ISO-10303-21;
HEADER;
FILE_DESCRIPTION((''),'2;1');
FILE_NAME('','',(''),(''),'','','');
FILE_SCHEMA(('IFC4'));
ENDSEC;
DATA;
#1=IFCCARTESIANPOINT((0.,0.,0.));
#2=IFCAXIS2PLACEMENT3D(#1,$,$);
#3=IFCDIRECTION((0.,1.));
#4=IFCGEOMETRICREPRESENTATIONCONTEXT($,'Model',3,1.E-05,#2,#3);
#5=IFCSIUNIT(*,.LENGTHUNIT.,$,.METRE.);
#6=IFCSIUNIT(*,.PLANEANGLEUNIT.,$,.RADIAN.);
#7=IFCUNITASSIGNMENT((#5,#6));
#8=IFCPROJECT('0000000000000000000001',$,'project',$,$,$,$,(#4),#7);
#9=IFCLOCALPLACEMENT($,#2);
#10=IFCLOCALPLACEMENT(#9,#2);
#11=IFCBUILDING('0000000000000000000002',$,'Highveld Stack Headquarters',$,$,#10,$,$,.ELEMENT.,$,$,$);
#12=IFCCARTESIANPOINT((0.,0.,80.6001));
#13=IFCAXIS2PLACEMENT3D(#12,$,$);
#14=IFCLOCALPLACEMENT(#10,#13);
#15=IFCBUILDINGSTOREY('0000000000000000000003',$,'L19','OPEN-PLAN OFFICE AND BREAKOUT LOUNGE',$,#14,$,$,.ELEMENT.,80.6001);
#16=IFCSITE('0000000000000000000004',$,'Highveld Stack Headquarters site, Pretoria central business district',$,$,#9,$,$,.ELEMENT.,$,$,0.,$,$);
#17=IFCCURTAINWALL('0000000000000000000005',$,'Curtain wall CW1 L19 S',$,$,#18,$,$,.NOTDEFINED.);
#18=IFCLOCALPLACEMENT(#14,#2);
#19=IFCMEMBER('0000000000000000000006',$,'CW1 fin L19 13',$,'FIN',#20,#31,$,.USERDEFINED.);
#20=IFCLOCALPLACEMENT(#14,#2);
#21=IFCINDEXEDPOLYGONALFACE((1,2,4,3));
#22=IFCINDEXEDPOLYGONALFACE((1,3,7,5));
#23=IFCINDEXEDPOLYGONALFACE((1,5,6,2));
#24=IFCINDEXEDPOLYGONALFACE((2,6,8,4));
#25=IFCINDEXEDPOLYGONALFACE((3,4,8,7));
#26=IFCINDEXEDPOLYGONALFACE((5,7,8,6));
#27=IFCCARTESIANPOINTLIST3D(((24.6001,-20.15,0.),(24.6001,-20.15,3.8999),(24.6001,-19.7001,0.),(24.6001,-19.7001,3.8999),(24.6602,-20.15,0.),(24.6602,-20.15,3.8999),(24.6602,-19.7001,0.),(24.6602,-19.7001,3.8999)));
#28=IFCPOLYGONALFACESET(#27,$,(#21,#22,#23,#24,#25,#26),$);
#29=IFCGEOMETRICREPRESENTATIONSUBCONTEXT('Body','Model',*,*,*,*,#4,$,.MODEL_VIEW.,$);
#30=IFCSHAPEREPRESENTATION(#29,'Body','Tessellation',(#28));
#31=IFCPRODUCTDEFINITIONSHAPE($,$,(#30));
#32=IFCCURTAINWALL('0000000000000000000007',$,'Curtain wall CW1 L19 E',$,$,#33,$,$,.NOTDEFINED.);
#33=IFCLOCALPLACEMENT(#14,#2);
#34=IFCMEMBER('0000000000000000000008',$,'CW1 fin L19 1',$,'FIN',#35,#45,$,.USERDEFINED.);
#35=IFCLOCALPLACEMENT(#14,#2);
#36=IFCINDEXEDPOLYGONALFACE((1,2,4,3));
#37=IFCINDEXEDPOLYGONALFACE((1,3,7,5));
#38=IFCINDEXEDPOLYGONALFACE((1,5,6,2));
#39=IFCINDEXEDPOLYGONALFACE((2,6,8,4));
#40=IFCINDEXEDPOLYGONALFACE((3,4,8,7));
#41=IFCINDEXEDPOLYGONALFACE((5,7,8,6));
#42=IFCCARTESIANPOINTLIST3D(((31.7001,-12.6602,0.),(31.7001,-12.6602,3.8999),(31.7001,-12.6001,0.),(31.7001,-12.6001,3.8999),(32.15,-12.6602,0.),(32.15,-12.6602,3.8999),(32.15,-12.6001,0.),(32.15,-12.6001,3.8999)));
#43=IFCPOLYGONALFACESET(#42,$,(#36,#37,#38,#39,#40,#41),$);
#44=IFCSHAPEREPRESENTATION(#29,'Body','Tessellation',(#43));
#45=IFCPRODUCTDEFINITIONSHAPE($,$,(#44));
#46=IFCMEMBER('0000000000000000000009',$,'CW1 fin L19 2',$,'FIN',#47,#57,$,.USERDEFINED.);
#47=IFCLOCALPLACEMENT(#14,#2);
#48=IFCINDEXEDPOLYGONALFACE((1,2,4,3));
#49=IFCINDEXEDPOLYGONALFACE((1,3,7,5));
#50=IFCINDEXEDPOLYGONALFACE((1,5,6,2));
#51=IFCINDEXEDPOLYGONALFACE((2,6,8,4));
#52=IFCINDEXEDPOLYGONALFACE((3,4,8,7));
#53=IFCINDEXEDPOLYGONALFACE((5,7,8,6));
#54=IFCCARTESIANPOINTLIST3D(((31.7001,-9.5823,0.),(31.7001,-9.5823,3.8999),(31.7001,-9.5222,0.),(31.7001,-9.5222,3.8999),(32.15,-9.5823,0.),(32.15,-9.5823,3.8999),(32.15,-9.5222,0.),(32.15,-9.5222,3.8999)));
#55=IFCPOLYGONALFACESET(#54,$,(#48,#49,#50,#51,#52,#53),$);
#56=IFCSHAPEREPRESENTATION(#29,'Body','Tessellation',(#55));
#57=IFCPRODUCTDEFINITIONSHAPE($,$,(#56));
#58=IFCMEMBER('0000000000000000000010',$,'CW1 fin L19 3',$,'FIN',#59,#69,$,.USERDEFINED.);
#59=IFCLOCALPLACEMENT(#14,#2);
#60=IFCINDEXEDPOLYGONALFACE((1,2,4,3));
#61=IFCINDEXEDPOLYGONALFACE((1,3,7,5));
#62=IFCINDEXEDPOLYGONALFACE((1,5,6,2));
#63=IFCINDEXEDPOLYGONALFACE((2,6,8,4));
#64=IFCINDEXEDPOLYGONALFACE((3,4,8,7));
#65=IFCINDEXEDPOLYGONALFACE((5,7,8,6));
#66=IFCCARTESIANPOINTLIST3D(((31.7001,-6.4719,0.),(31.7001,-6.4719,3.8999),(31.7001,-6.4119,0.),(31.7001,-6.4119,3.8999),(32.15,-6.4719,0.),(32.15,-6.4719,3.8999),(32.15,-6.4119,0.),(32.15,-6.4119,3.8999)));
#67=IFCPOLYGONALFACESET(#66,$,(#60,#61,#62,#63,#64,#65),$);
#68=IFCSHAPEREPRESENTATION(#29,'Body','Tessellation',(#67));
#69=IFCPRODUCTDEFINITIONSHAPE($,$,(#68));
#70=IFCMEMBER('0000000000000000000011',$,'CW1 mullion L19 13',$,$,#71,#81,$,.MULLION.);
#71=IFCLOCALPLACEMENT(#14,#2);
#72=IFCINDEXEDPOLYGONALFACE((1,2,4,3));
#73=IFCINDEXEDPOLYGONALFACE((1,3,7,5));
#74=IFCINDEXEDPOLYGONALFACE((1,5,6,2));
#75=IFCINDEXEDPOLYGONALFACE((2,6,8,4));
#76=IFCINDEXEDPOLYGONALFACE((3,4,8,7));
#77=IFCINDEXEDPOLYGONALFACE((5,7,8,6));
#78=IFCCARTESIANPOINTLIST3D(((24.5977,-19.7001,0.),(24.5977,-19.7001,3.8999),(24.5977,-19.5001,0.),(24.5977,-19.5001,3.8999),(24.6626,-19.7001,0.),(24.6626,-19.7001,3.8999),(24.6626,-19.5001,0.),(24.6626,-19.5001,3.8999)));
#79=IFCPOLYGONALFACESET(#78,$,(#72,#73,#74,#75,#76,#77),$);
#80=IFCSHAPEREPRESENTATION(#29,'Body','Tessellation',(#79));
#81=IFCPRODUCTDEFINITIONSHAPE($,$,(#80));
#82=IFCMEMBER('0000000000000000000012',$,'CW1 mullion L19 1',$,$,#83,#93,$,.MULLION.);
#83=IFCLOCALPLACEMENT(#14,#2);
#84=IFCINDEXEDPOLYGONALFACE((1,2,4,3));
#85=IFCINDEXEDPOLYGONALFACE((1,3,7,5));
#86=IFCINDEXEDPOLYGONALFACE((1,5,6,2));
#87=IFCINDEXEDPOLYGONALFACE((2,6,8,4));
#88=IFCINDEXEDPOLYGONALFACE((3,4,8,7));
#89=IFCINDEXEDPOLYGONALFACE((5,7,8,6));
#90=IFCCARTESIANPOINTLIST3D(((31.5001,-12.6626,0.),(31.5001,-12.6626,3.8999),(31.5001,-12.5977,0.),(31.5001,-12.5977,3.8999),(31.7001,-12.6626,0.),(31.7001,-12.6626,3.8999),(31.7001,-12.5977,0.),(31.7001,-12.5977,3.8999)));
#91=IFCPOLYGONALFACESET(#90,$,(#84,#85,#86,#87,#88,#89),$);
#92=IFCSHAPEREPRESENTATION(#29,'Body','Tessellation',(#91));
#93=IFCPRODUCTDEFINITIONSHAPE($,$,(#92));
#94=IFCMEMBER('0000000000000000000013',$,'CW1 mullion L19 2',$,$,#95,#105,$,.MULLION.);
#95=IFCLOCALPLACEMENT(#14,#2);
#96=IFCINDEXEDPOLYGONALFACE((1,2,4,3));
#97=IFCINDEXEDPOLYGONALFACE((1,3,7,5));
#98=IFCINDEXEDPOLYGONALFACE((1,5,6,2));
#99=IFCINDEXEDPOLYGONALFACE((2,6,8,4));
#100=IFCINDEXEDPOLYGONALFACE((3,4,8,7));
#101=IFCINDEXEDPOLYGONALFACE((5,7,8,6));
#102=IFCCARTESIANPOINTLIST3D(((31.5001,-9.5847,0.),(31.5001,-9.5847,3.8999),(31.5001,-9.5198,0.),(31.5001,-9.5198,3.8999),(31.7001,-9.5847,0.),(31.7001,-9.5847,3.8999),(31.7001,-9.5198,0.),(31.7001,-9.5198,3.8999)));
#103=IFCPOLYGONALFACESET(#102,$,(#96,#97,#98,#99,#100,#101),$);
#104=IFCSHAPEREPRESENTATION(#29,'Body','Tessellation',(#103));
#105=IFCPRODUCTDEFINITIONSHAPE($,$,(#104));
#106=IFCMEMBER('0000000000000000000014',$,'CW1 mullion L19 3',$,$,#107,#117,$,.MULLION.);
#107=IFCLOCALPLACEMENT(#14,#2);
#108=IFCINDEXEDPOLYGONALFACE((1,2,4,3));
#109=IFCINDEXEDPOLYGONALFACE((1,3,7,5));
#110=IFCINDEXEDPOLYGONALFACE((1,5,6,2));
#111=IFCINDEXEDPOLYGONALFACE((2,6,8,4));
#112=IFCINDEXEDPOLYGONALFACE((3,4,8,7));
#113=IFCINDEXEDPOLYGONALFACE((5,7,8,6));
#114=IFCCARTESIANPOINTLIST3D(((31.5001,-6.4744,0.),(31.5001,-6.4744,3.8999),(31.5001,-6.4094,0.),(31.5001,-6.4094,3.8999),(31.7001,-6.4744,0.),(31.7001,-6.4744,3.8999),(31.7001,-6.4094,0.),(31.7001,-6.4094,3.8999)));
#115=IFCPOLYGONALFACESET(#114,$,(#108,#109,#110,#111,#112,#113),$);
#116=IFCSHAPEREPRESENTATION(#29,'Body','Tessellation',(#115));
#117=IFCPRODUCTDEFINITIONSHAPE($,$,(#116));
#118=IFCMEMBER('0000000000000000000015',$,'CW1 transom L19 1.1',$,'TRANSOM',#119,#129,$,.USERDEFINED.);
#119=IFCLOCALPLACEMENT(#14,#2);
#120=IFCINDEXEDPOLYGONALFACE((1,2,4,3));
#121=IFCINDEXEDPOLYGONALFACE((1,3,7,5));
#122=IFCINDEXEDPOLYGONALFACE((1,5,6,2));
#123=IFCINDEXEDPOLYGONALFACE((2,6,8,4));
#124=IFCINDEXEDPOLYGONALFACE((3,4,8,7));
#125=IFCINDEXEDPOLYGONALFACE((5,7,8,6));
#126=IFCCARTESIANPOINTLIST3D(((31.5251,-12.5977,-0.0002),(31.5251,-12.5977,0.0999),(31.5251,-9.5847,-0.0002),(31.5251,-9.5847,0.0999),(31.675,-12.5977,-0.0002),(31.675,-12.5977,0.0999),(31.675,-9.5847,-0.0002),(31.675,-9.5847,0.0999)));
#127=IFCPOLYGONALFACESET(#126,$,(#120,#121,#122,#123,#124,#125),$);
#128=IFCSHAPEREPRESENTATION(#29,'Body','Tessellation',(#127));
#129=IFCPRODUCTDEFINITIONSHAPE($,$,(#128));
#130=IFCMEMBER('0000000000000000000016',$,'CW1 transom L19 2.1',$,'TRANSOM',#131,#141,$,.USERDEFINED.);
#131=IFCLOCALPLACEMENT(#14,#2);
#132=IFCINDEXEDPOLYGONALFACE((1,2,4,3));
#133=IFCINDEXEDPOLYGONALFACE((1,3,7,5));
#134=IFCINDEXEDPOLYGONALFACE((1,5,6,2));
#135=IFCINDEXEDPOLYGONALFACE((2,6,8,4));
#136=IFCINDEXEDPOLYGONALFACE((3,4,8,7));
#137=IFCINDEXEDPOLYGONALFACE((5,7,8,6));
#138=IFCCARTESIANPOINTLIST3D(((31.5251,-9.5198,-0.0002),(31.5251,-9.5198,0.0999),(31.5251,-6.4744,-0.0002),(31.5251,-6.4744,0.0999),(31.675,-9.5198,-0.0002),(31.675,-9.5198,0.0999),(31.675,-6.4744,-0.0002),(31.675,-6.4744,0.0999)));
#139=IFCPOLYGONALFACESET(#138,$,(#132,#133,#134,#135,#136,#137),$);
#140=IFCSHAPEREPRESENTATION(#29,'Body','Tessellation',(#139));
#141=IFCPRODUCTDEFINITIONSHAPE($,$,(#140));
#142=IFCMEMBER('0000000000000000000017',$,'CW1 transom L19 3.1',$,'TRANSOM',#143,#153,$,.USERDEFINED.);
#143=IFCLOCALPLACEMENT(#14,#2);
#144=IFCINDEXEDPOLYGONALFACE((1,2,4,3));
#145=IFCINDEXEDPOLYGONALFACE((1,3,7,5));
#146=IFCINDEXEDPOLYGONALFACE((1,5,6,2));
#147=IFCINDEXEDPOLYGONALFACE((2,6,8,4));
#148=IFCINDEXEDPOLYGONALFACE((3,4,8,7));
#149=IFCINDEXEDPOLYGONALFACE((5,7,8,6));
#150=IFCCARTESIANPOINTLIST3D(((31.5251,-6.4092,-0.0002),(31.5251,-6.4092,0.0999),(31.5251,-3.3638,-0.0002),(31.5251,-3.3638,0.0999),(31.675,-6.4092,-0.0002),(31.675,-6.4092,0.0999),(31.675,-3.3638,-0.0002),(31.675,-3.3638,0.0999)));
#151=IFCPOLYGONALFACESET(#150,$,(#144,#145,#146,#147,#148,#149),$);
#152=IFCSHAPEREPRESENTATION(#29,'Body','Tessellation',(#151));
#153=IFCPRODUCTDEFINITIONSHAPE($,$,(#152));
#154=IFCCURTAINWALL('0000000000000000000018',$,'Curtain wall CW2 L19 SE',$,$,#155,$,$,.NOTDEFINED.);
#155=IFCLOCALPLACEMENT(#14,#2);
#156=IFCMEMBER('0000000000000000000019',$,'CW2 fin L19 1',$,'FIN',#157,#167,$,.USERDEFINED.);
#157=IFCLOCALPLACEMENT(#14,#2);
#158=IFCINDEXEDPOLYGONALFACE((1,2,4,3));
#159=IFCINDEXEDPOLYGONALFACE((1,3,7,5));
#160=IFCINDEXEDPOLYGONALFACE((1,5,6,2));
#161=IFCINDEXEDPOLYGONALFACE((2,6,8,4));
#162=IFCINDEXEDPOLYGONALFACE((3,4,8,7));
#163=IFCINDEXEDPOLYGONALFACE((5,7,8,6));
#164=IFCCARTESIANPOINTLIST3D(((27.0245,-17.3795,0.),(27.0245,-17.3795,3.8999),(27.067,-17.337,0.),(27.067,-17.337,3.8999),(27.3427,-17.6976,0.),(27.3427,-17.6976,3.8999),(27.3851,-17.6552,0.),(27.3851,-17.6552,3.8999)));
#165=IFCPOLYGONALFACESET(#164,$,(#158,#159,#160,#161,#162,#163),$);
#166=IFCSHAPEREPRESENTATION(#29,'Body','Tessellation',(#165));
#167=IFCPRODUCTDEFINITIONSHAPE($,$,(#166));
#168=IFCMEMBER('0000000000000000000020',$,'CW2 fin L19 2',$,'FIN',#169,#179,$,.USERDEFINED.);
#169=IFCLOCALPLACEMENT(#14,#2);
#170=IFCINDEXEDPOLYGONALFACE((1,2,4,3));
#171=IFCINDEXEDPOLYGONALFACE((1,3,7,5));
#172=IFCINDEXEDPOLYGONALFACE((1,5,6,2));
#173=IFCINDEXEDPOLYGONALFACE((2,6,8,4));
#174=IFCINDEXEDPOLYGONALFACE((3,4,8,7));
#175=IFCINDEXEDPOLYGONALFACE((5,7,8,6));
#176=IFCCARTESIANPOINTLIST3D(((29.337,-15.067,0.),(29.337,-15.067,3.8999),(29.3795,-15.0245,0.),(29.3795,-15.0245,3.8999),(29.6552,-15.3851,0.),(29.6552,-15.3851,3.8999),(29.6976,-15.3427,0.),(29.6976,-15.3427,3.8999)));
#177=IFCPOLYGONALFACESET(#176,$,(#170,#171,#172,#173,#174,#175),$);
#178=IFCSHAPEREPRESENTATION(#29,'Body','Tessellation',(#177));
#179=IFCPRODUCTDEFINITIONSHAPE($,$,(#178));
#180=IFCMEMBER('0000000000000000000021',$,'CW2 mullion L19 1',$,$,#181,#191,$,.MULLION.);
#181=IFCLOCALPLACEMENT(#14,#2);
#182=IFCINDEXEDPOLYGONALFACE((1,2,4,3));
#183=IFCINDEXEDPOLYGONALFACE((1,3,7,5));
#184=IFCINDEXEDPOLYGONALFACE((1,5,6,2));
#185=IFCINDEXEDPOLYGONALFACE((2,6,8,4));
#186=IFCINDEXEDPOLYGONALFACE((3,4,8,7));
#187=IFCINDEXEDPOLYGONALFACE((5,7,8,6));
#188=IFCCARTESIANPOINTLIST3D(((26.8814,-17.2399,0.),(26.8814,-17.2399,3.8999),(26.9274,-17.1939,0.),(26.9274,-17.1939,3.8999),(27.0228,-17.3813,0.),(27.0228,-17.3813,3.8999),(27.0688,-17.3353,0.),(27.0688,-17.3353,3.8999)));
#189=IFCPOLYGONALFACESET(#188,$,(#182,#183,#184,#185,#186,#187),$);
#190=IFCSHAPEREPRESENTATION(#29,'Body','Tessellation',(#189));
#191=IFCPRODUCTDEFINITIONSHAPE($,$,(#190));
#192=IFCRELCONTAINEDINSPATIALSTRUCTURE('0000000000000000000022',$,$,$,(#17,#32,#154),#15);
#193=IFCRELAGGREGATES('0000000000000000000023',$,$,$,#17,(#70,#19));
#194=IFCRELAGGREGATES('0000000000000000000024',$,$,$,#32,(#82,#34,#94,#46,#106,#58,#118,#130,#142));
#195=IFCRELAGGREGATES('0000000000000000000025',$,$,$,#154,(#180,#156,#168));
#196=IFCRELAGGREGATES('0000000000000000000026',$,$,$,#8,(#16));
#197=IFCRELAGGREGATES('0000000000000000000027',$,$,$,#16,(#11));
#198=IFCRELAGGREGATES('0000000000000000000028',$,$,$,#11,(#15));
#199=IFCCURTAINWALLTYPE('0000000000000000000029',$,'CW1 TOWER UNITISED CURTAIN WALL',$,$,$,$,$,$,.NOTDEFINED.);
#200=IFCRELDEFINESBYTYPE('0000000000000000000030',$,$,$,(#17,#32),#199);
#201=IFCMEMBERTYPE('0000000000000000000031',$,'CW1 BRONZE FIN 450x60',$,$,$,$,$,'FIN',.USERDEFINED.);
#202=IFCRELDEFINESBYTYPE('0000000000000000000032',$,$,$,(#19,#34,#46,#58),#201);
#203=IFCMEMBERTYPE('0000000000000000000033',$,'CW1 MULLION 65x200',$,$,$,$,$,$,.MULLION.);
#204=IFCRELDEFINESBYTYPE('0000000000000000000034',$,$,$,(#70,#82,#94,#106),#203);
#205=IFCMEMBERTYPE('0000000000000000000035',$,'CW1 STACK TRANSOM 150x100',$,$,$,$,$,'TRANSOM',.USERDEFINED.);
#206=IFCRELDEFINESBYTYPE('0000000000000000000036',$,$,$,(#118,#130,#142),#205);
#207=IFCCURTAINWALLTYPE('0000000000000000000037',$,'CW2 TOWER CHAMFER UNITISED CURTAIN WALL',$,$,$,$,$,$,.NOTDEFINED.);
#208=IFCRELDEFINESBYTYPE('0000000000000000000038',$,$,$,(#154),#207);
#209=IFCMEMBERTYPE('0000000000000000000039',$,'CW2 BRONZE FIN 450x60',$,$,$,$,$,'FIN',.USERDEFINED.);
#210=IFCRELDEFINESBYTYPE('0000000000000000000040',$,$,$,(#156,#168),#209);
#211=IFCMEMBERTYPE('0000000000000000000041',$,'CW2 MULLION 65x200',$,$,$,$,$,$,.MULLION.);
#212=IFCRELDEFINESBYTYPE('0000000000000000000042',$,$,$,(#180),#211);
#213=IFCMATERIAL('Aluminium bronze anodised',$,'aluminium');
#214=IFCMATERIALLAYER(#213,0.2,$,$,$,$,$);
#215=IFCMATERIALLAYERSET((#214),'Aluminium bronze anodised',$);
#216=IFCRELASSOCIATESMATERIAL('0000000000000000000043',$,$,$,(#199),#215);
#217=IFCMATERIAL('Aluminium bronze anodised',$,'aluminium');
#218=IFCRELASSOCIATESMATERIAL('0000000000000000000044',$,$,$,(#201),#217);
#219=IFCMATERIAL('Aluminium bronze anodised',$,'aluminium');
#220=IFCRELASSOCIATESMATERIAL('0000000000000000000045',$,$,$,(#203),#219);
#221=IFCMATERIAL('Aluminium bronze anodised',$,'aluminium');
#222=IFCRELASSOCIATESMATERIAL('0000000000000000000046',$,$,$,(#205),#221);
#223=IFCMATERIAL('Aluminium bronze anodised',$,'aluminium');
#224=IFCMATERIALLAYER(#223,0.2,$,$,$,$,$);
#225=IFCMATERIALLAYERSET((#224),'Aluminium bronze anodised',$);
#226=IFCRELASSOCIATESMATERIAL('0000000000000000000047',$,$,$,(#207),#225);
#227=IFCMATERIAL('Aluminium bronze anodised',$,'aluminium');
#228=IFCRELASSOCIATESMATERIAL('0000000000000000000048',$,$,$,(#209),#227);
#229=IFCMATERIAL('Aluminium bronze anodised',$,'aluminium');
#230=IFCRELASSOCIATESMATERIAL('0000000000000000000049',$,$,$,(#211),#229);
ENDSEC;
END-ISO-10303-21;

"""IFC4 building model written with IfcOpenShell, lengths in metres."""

from ifc_helpers import new_model, si_unit, direction, frame, origin, origin_2d, place, context, subcontext, project, spatial, rectangle, extrude, material, layer, layer_set, material_profile, profile_set, type_object, element, aggregate, save


model = new_model("IFC4")

# Units and contexts
model_context = context("Model", 3, precision=1e-05, world=origin(), true_north=direction((0.0, 1.0)))
body_context = subcontext(model_context, "Body", "Model", "MODEL_VIEW")
ifc_project = project(units=[si_unit("LENGTHUNIT", "METRE"), si_unit("PLANEANGLEUNIT", "RADIAN")], contexts=[model_context])

# Site, building, storey
site_placement = place(None, origin())
site = spatial("IfcSite", under=ifc_project, at=site_placement, Name="Highveld Stack Headquarters site, Pretoria central business district", CompositionType="ELEMENT", RefElevation=0.0)
building_placement = place(site_placement, origin())
building = spatial("IfcBuilding", under=site, at=building_placement, Name="Highveld Stack Headquarters", CompositionType="ELEMENT")
storey_placement = place(building_placement, frame((0.0, 0.0, 80.6001)))
storey = spatial("IfcBuildingStorey", under=building, at=storey_placement, Name="L19", Description="OPEN-PLAN OFFICE AND BREAKOUT LOUNGE", CompositionType="ELEMENT", Elevation=80.6001)

# Curtain wall, member
ifc_material_1 = material(Name="Aluminium bronze anodised", Category="aluminium")
ifc_layer_1 = layer(ifc_material_1, 0.2)
ifc_layer_set_1 = layer_set([ifc_layer_1], Name="Aluminium bronze anodised")
curtain_wall_type_1 = type_object("IfcCurtainWallType", Name="CW1 TOWER UNITISED CURTAIN WALL", PredefinedType="NOTDEFINED", material=ifc_layer_set_1)
curtain_wall_1_placement = place(storey_placement, origin())
curtain_wall_1 = element("IfcCurtainWall", 1, at=curtain_wall_1_placement, inside=storey, type_object=curtain_wall_type_1, Name="Curtain wall CW1 L19 S", PredefinedType="NOTDEFINED")
ifc_material_2 = material(Name="Aluminium bronze anodised", Category="aluminium")
ifc_material_profile_1 = material_profile(ifc_material_2, rectangle(XDim=0.45, YDim=0.0601, at=origin_2d()), Name="FIN 450x60")
ifc_profile_set_1 = profile_set([ifc_material_profile_1], Name="Aluminium bronze anodised")
member_type_1 = type_object("IfcMemberType", Name="CW1 BRONZE FIN 450x60", ElementType="FIN", PredefinedType="USERDEFINED", material=ifc_profile_set_1)
member_1_placement = place(storey_placement, frame((24.6301, -19.925, 0.0), z_axis=(0.0, 0.0, 1.0), x_axis=(0.0, 1.0, 0.0)))
member_1 = element("IfcMember", 2, at=member_1_placement, type_object=member_type_1, Name="CW1 fin L19 13", ObjectType="FIN", PredefinedType="USERDEFINED", context=body_context, shape_type="SweptSolid", body=[
    extrude(rectangle(XDim=0.45, YDim=0.0601, at=origin_2d()), origin(), (0.0, 0.0, 1.0), 3.8999),
])

# Curtain wall, members
curtain_wall_2_placement = place(storey_placement, origin())
curtain_wall_2 = element("IfcCurtainWall", 3, at=curtain_wall_2_placement, inside=storey, type_object=curtain_wall_type_1, Name="Curtain wall CW1 L19 E", PredefinedType="NOTDEFINED")
member_2_placement = place(storey_placement, frame((31.925, -12.6301, 0.0), z_axis=(0.0, 0.0, 1.0), x_axis=(-1.0, 0.0, 0.0)))
member_2 = element("IfcMember", 4, at=member_2_placement, type_object=member_type_1, Name="CW1 fin L19 1", ObjectType="FIN", PredefinedType="USERDEFINED", context=body_context, shape_type="SweptSolid", body=[
    extrude(rectangle(XDim=0.45, YDim=0.0601, at=origin_2d()), origin(), (0.0, 0.0, 1.0), 3.8999),
])
member_3_placement = place(storey_placement, frame((31.925, -9.5522, 0.0), z_axis=(0.0, 0.0, 1.0), x_axis=(-1.0, 0.0, 0.0)))
member_3 = element("IfcMember", 5, at=member_3_placement, type_object=member_type_1, Name="CW1 fin L19 2", ObjectType="FIN", PredefinedType="USERDEFINED", context=body_context, shape_type="SweptSolid", body=[
    extrude(rectangle(XDim=0.45, YDim=0.0601, at=origin_2d()), origin(), (0.0, 0.0, 1.0), 3.8999),
])
member_4_placement = place(storey_placement, frame((31.925, -6.4419, 0.0), z_axis=(0.0, 0.0, 1.0), x_axis=(-1.0, 0.0, 0.0)))
member_4 = element("IfcMember", 6, at=member_4_placement, type_object=member_type_1, Name="CW1 fin L19 3", ObjectType="FIN", PredefinedType="USERDEFINED", context=body_context, shape_type="SweptSolid", body=[
    extrude(rectangle(XDim=0.45, YDim=0.0601, at=origin_2d()), origin(), (0.0, 0.0, 1.0), 3.8999),
])

# Members
ifc_material_3 = material(Name="Aluminium bronze anodised", Category="aluminium")
ifc_material_profile_2 = material_profile(ifc_material_3, rectangle(XDim=0.2, YDim=0.0649, at=origin_2d()), Name="CW1 MULLION 65x200")
ifc_profile_set_2 = profile_set([ifc_material_profile_2], Name="Aluminium bronze anodised")
member_type_2 = type_object("IfcMemberType", Name="CW1 MULLION 65x200", PredefinedType="MULLION", material=ifc_profile_set_2)
member_5_placement = place(storey_placement, frame((24.6301, -19.6001, 0.0), z_axis=(0.0, 0.0, 1.0), x_axis=(0.0, 1.0, 0.0)))
member_5 = element("IfcMember", 7, at=member_5_placement, type_object=member_type_2, Name="CW1 mullion L19 13", PredefinedType="MULLION", context=body_context, shape_type="SweptSolid", body=[
    extrude(rectangle(XDim=0.2, YDim=0.0649, at=origin_2d()), origin(), (0.0, 0.0, 1.0), 3.8999),
])
aggregate(curtain_wall_1, [member_5, member_1])
member_6_placement = place(storey_placement, frame((31.6001, -12.6301, 0.0), z_axis=(0.0, 0.0, 1.0), x_axis=(-1.0, 0.0, 0.0)))
member_6 = element("IfcMember", 8, at=member_6_placement, type_object=member_type_2, Name="CW1 mullion L19 1", PredefinedType="MULLION", context=body_context, shape_type="SweptSolid", body=[
    extrude(rectangle(XDim=0.2, YDim=0.0649, at=origin_2d()), origin(), (0.0, 0.0, 1.0), 3.8999),
])
member_7_placement = place(storey_placement, frame((31.6001, -9.5522, 0.0), z_axis=(0.0, 0.0, 1.0), x_axis=(-1.0, 0.0, 0.0)))
member_7 = element("IfcMember", 9, at=member_7_placement, type_object=member_type_2, Name="CW1 mullion L19 2", PredefinedType="MULLION", context=body_context, shape_type="SweptSolid", body=[
    extrude(rectangle(XDim=0.2, YDim=0.0649, at=origin_2d()), origin(), (0.0, 0.0, 1.0), 3.8999),
])
member_8_placement = place(storey_placement, frame((31.6001, -6.4419, 0.0), z_axis=(0.0, 0.0, 1.0), x_axis=(-1.0, 0.0, 0.0)))
member_8 = element("IfcMember", 10, at=member_8_placement, type_object=member_type_2, Name="CW1 mullion L19 3", PredefinedType="MULLION", context=body_context, shape_type="SweptSolid", body=[
    extrude(rectangle(XDim=0.2, YDim=0.0649, at=origin_2d()), origin(), (0.0, 0.0, 1.0), 3.8999),
])
ifc_material_4 = material(Name="Aluminium bronze anodised", Category="aluminium")
ifc_material_profile_3 = material_profile(ifc_material_4, rectangle(XDim=0.1499, YDim=0.1001, at=origin_2d()), Name="CW1 TRANSOM 150x100")
ifc_profile_set_3 = profile_set([ifc_material_profile_3], Name="Aluminium bronze anodised")
member_type_3 = type_object("IfcMemberType", Name="CW1 STACK TRANSOM 150x100", ElementType="TRANSOM", PredefinedType="USERDEFINED", material=ifc_profile_set_3)
member_9_placement = place(storey_placement, frame((31.6001, -12.5977, 0.0498), z_axis=(0.0, 1.0, 0.0), x_axis=(-1.0, 0.0, 0.0)))
member_9 = element("IfcMember", 11, at=member_9_placement, type_object=member_type_3, Name="CW1 transom L19 1.1", ObjectType="TRANSOM", PredefinedType="USERDEFINED", context=body_context, shape_type="SweptSolid", body=[
    extrude(rectangle(XDim=0.1499, YDim=0.1001, at=origin_2d()), origin(), (0.0, 0.0, 1.0), 3.0129),
])
member_10_placement = place(storey_placement, frame((31.6001, -9.5198, 0.0498), z_axis=(0.0, 1.0, 0.0), x_axis=(-1.0, 0.0, 0.0)))
member_10 = element("IfcMember", 12, at=member_10_placement, type_object=member_type_3, Name="CW1 transom L19 2.1", ObjectType="TRANSOM", PredefinedType="USERDEFINED", context=body_context, shape_type="SweptSolid", body=[
    extrude(rectangle(XDim=0.1499, YDim=0.1001, at=origin_2d()), origin(), (0.0, 0.0, 1.0), 3.0454),
])
member_11_placement = place(storey_placement, frame((31.6001, -6.4092, 0.0498), z_axis=(0.0, 1.0, 0.0), x_axis=(-1.0, 0.0, 0.0)))
member_11 = element("IfcMember", 13, at=member_11_placement, type_object=member_type_3, Name="CW1 transom L19 3.1", ObjectType="TRANSOM", PredefinedType="USERDEFINED", context=body_context, shape_type="SweptSolid", body=[
    extrude(rectangle(XDim=0.1499, YDim=0.1001, at=origin_2d()), origin(), (0.0, 0.0, 1.0), 3.0454),
])

# Curtain wall, members
ifc_material_5 = material(Name="Aluminium bronze anodised", Category="aluminium")
ifc_layer_2 = layer(ifc_material_5, 0.2)
ifc_layer_set_2 = layer_set([ifc_layer_2], Name="Aluminium bronze anodised")
curtain_wall_type_2 = type_object("IfcCurtainWallType", Name="CW2 TOWER CHAMFER UNITISED CURTAIN WALL", PredefinedType="NOTDEFINED", material=ifc_layer_set_2)
curtain_wall_3_placement = place(storey_placement, origin())
curtain_wall_3 = element("IfcCurtainWall", 14, at=curtain_wall_3_placement, inside=storey, type_object=curtain_wall_type_2, Name="Curtain wall CW2 L19 SE", PredefinedType="NOTDEFINED")
ifc_material_6 = material(Name="Aluminium bronze anodised", Category="aluminium")
ifc_material_profile_4 = material_profile(ifc_material_6, rectangle(XDim=0.45, YDim=0.0601, at=origin_2d()), Name="FIN 450x60")
ifc_profile_set_4 = profile_set([ifc_material_profile_4], Name="Aluminium bronze anodised")
member_type_4 = type_object("IfcMemberType", Name="CW2 BRONZE FIN 450x60", ElementType="FIN", PredefinedType="USERDEFINED", material=ifc_profile_set_4)
member_12_placement = place(storey_placement, frame((27.2048, -17.5173, 0.0), z_axis=(0.0, 0.0, 1.0), x_axis=(-0.707107, 0.707107, 0.0)))
member_12 = element("IfcMember", 15, at=member_12_placement, type_object=member_type_4, Name="CW2 fin L19 1", ObjectType="FIN", PredefinedType="USERDEFINED", context=body_context, shape_type="SweptSolid", body=[
    extrude(rectangle(XDim=0.45, YDim=0.0601, at=origin_2d()), origin(), (0.0, 0.0, 1.0), 3.8999),
])
member_13_placement = place(storey_placement, frame((29.5173, -15.2048, 0.0), z_axis=(0.0, 0.0, 1.0), x_axis=(-0.707107, 0.707107, 0.0)))
member_13 = element("IfcMember", 16, at=member_13_placement, type_object=member_type_4, Name="CW2 fin L19 2", ObjectType="FIN", PredefinedType="USERDEFINED", context=body_context, shape_type="SweptSolid", body=[
    extrude(rectangle(XDim=0.45, YDim=0.0601, at=origin_2d()), origin(), (0.0, 0.0, 1.0), 3.8999),
])
ifc_material_7 = material(Name="Aluminium bronze anodised", Category="aluminium")
ifc_material_profile_5 = material_profile(ifc_material_7, rectangle(XDim=0.2, YDim=0.0649, at=origin_2d()), Name="CW2 MULLION 65x200")
ifc_profile_set_5 = profile_set([ifc_material_profile_5], Name="Aluminium bronze anodised")
member_type_5 = type_object("IfcMemberType", Name="CW2 MULLION 65x200", PredefinedType="MULLION", material=ifc_profile_set_5)
member_14_placement = place(storey_placement, frame((26.9751, -17.2876, 0.0), z_axis=(0.0, 0.0, 1.0), x_axis=(-0.707107, 0.707107, 0.0)))
member_14 = element("IfcMember", 17, at=member_14_placement, type_object=member_type_5, Name="CW2 mullion L19 1", PredefinedType="MULLION", context=body_context, shape_type="SweptSolid", body=[
    extrude(rectangle(XDim=0.2, YDim=0.0649, at=origin_2d()), origin(), (0.0, 0.0, 1.0), 3.8999),
])

aggregate(curtain_wall_2, [member_6, member_2, member_7, member_3, member_8, member_4, member_9, member_10, member_11])
aggregate(curtain_wall_3, [member_14, member_12, member_13])

save(model, "model.ifc")
